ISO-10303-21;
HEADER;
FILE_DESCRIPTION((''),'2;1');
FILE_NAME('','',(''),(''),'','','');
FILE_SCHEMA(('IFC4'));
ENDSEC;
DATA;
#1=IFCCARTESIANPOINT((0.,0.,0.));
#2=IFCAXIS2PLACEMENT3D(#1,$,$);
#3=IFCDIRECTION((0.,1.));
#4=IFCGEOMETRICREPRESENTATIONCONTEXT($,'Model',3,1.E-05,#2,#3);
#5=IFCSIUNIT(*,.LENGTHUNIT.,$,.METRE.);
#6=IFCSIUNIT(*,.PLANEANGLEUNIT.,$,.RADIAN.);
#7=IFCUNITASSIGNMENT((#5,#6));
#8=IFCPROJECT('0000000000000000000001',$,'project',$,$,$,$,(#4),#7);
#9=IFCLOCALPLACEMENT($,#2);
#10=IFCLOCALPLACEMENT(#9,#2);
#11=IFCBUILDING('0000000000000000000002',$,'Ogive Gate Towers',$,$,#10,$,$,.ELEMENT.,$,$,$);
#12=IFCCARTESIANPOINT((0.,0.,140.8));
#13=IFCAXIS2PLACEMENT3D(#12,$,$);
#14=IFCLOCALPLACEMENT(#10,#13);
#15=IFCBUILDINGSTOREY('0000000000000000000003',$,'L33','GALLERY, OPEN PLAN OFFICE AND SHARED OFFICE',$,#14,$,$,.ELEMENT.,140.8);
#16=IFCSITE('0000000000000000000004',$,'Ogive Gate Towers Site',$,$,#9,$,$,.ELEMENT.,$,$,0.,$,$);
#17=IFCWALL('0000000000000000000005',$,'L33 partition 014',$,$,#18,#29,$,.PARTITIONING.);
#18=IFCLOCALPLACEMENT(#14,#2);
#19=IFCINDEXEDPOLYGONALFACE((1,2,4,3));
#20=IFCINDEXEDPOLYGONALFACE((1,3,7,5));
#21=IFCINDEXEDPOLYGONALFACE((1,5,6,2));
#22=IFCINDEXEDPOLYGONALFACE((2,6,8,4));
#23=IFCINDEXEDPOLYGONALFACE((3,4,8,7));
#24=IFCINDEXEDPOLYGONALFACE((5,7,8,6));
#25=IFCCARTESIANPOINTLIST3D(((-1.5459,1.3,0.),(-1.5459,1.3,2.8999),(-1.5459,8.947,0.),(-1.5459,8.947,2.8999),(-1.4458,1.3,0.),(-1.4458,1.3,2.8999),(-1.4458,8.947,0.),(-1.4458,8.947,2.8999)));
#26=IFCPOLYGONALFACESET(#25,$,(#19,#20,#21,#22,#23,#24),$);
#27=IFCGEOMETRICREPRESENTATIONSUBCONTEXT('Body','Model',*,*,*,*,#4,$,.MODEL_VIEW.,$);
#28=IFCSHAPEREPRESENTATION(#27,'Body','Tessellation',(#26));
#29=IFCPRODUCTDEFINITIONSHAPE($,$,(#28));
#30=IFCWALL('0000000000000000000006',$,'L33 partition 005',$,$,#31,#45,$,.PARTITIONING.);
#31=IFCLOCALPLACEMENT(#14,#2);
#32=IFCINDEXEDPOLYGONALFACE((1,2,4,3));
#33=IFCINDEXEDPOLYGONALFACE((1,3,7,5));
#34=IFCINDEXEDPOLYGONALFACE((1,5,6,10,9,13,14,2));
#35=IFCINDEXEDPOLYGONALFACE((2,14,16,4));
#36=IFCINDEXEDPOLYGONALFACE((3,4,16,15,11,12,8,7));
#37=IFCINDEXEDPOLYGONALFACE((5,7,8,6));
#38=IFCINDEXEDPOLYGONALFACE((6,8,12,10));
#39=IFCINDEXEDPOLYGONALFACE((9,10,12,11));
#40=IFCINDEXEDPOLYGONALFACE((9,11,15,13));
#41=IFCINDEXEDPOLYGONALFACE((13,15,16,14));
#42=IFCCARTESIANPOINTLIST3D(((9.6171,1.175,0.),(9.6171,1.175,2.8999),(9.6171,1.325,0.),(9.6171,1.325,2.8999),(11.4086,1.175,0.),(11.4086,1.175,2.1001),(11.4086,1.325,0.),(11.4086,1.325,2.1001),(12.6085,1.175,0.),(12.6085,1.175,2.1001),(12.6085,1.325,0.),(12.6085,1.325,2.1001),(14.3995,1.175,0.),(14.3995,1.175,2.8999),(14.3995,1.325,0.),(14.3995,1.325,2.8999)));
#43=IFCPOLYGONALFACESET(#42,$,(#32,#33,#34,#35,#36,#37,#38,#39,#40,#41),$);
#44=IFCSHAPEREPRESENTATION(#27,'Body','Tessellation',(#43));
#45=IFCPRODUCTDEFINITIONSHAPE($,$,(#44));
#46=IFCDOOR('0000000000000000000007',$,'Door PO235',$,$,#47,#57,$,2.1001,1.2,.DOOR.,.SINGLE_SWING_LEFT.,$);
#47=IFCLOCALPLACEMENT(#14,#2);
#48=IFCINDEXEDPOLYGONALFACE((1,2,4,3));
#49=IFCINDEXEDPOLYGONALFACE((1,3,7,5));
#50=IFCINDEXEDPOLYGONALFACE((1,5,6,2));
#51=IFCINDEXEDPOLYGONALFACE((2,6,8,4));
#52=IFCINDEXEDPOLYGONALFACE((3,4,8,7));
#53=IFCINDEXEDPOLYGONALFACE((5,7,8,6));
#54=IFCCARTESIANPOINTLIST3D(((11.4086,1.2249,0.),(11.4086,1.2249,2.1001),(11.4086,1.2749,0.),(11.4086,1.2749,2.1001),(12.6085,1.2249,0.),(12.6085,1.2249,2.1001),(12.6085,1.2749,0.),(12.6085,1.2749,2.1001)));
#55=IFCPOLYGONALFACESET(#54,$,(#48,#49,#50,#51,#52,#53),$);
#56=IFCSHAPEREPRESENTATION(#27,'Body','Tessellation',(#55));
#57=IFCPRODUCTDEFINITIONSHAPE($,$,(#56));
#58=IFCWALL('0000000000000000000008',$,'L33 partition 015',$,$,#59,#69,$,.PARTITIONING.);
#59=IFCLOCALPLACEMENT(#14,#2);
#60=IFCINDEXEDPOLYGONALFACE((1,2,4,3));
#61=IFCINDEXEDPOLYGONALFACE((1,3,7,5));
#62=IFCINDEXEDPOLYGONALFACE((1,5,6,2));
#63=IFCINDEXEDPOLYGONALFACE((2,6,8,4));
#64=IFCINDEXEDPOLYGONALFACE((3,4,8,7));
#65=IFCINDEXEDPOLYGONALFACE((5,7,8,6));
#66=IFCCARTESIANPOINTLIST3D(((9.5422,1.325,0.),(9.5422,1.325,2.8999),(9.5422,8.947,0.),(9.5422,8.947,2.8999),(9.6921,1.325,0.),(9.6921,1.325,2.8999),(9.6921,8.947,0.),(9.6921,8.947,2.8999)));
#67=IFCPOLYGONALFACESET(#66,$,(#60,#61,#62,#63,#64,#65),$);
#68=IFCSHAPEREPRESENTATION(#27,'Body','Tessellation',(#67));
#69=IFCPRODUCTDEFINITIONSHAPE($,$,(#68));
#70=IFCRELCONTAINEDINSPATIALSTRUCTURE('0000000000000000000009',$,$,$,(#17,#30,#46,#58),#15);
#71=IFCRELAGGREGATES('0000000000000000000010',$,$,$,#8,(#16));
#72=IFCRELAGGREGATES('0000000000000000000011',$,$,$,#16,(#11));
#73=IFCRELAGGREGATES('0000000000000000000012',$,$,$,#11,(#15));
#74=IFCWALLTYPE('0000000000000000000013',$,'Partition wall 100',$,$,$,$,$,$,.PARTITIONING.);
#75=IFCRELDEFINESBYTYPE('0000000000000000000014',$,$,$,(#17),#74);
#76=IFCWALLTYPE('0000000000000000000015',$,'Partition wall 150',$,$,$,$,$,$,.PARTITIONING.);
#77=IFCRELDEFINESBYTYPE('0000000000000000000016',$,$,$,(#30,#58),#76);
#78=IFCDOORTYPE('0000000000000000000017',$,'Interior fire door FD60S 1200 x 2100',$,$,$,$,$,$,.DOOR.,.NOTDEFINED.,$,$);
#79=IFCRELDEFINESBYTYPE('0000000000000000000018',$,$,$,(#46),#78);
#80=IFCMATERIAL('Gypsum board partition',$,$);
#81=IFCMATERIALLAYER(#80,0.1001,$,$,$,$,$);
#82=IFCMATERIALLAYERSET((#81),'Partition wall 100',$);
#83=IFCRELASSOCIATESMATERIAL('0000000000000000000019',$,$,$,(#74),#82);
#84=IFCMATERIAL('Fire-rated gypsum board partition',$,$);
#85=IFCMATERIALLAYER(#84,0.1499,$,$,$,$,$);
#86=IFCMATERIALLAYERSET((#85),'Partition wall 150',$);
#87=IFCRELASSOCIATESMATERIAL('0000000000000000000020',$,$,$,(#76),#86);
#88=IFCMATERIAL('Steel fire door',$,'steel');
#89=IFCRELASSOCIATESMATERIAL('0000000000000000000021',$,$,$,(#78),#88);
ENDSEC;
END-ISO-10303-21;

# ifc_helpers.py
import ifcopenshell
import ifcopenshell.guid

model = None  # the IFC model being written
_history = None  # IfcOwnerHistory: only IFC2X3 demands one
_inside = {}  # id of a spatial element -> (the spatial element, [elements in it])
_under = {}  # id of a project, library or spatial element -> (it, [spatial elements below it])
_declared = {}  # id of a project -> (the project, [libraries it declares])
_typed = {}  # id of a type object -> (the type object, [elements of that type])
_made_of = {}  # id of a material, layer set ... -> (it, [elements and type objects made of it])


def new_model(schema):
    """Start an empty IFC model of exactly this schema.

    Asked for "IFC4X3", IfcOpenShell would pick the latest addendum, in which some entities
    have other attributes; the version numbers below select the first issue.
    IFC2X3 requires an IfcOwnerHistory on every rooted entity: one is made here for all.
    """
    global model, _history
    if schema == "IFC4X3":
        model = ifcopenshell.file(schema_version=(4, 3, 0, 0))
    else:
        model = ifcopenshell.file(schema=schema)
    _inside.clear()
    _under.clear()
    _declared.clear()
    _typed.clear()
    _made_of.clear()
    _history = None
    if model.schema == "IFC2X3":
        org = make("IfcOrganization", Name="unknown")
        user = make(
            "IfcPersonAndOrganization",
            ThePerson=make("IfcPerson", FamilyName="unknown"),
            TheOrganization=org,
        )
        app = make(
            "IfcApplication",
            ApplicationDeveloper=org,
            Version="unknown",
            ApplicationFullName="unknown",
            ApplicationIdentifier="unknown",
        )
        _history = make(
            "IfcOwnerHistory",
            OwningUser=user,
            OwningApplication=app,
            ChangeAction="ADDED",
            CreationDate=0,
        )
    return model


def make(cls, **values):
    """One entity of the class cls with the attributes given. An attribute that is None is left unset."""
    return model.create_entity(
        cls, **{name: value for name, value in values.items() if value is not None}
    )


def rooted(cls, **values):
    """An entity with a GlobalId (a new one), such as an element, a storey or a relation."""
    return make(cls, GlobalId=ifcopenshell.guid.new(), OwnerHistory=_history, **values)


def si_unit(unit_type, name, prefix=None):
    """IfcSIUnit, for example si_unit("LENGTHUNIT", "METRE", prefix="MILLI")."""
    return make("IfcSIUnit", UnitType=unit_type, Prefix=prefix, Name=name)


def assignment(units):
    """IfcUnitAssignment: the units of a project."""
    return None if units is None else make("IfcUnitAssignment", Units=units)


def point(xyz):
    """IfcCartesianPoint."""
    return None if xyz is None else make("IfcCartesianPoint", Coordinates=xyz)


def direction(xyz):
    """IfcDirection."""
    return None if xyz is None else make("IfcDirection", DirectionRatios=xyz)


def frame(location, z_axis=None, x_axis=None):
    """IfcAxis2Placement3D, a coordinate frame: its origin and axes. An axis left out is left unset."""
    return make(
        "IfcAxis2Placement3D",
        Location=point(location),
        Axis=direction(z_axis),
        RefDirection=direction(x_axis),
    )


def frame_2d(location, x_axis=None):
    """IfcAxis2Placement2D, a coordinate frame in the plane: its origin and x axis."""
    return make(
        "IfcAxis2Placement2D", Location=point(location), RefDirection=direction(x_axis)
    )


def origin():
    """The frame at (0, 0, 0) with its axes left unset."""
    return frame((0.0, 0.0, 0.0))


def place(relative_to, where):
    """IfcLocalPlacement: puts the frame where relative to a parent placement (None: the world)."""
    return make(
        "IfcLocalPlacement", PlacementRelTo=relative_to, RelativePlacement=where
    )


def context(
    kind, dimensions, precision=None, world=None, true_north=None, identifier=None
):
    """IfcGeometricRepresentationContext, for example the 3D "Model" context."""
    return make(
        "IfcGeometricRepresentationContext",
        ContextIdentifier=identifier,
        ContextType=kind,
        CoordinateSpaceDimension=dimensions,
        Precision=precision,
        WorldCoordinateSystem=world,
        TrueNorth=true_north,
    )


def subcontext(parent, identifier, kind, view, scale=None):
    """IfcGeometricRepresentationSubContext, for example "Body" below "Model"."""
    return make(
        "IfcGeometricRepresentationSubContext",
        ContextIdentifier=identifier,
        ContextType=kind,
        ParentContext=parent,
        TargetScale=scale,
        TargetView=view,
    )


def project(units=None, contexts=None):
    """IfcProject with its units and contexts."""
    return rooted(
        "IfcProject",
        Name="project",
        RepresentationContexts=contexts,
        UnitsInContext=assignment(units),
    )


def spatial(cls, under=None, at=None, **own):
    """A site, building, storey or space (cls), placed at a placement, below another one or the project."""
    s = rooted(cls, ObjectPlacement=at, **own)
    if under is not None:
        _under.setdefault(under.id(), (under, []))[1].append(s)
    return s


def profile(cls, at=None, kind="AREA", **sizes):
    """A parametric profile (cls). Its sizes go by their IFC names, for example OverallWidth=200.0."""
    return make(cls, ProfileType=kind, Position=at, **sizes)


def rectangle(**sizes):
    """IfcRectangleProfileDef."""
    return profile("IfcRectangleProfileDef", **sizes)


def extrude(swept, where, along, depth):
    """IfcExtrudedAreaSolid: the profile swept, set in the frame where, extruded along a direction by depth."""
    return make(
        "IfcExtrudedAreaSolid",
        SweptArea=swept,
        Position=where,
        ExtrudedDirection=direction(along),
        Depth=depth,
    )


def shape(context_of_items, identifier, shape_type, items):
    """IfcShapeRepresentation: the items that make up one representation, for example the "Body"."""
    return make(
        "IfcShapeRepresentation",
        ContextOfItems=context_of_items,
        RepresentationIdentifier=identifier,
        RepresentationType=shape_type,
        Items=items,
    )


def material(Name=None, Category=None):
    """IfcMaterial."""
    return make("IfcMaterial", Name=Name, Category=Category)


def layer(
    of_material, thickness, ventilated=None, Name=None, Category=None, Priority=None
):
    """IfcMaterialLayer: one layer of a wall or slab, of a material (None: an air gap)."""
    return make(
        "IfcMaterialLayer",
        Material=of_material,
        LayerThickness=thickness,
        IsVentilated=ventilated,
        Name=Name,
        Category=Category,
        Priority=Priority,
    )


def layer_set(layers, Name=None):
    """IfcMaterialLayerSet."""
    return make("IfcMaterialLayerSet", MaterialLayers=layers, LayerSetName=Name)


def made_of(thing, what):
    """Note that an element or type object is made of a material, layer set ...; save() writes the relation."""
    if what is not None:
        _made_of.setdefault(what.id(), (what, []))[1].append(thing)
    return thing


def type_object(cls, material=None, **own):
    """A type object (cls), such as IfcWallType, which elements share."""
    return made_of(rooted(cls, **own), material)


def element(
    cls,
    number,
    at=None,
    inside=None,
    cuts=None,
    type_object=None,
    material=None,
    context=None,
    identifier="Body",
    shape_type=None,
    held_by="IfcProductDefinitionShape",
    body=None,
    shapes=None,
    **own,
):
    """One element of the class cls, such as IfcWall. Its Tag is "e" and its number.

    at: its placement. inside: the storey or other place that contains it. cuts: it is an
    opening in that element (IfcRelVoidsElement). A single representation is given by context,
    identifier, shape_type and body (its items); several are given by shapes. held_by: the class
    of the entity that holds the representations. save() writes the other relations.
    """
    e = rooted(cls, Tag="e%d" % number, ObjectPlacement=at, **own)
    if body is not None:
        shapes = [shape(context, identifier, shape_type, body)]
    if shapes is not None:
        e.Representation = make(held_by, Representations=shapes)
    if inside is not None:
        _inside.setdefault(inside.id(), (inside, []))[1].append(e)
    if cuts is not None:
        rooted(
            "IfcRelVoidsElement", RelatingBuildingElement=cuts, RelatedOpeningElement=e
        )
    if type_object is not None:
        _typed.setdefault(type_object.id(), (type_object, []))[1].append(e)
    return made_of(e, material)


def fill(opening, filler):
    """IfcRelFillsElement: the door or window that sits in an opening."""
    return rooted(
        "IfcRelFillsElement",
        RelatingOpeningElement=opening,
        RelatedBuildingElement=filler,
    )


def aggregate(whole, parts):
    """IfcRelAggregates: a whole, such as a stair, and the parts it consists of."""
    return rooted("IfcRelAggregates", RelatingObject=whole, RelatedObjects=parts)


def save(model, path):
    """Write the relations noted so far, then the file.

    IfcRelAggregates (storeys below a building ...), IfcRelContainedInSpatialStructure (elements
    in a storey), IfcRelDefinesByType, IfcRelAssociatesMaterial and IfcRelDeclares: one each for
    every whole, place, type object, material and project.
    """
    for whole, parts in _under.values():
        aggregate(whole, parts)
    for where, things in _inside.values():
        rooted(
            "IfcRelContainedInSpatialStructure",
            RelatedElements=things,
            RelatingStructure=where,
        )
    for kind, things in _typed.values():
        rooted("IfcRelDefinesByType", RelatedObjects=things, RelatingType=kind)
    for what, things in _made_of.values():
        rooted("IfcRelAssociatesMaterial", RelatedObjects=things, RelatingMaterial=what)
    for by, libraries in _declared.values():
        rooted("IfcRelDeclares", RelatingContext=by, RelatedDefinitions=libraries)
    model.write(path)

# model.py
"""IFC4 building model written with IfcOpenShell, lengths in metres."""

from ifc_helpers import new_model, si_unit, direction, frame, frame_2d, origin, place, context, subcontext, project, spatial, rectangle, extrude, material, layer, layer_set, type_object, element, fill, save


model = new_model("IFC4")

# Units and contexts
model_context = context("Model", 3, precision=1e-05, world=origin(), true_north=direction((0.0, 1.0)))
body_context = subcontext(model_context, "Body", "Model", "MODEL_VIEW")
ifc_project = project(units=[si_unit("LENGTHUNIT", "METRE"), si_unit("PLANEANGLEUNIT", "RADIAN")], contexts=[model_context])

# Site, building, storey
site_placement = place(None, origin())
site = spatial("IfcSite", under=ifc_project, at=site_placement, Name="Ogive Gate Towers Site", CompositionType="ELEMENT", RefElevation=0.0)
building_placement = place(site_placement, origin())
building = spatial("IfcBuilding", under=site, at=building_placement, Name="Ogive Gate Towers", CompositionType="ELEMENT")
storey_placement = place(building_placement, frame((0.0, 0.0, 140.8)))
storey = spatial("IfcBuildingStorey", under=building, at=storey_placement, Name="L33", Description="GALLERY, OPEN PLAN OFFICE AND SHARED OFFICE", CompositionType="ELEMENT", Elevation=140.8)

# Wall
ifc_material_1 = material(Name="Gypsum board partition")
ifc_layer_1 = layer(ifc_material_1, 0.1001)
ifc_layer_set_1 = layer_set([ifc_layer_1], Name="Partition wall 100")
wall_type_1 = type_object("IfcWallType", Name="Partition wall 100", PredefinedType="PARTITIONING", material=ifc_layer_set_1)
wall_1_placement = place(storey_placement, frame((-1.4958, 1.3, 0.0), z_axis=(0.0, 0.0, 1.0), x_axis=(0.0, 1.0, 0.0)))
element("IfcWall", 1, at=wall_1_placement, inside=storey, type_object=wall_type_1, Name="L33 partition 014", PredefinedType="PARTITIONING", context=body_context, shape_type="SweptSolid", body=[
    extrude(rectangle(XDim=7.647, YDim=0.1001, at=frame_2d((3.8235, 0.0))), origin(), (0.0, 0.0, 1.0), 2.8999),
])

# Wall, opening, door
ifc_material_2 = material(Name="Fire-rated gypsum board partition")
ifc_layer_2 = layer(ifc_material_2, 0.1499)
ifc_layer_set_2 = layer_set([ifc_layer_2], Name="Partition wall 150")
wall_type_2 = type_object("IfcWallType", Name="Partition wall 150", PredefinedType="PARTITIONING", material=ifc_layer_set_2)
wall_2_placement = place(storey_placement, frame((9.6172, 1.25, 0.0), z_axis=(0.0, 0.0, 1.0), x_axis=(1.0, 0.0, 0.0)))
wall_2 = element("IfcWall", 2, at=wall_2_placement, inside=storey, type_object=wall_type_2, Name="L33 partition 005", PredefinedType="PARTITIONING", context=body_context, shape_type="SweptSolid", body=[
    extrude(rectangle(XDim=4.7825, YDim=0.1499, at=frame_2d((2.3911, 0.0))), origin(), (0.0, 0.0, 1.0), 2.8999),
])
opening_placement = place(wall_2_placement, frame((1.7913, 0.0, 0.0)))
opening = element("IfcOpeningElement", 3, at=opening_placement, cuts=wall_2, PredefinedType="OPENING", context=body_context, shape_type="SweptSolid", body=[
    extrude(rectangle(XDim=1.2, YDim=2.1001, at=frame_2d((0.6001, 1.05))), frame((0.0, 0.085, 0.0), z_axis=(0.0, -1.0, 0.0), x_axis=(1.0, 0.0, 0.0)), (0.0, 0.0, 1.0), 0.1699),
])
ifc_material_3 = material(Name="Steel fire door", Category="steel")
door_type = type_object("IfcDoorType", Name="Interior fire door FD60S 1200 x 2100", OperationType="NOTDEFINED", PredefinedType="DOOR", material=ifc_material_3)
door_placement = place(opening_placement, origin())
door = element("IfcDoor", 4, at=door_placement, inside=storey, type_object=door_type, Name="Door PO235", OperationType="SINGLE_SWING_LEFT", OverallHeight=2.1001, OverallWidth=1.2, PredefinedType="DOOR", context=body_context, shape_type="SweptSolid", body=[
    extrude(rectangle(XDim=1.2, YDim=2.1001, at=frame_2d((0.6001, 1.05))), frame((0.0, 0.0249, 0.0), z_axis=(0.0, -1.0, 0.0), x_axis=(1.0, 0.0, 0.0)), (0.0, 0.0, 1.0), 0.05),
])
fill(opening, door)

# Wall
wall_3_placement = place(storey_placement, frame((9.6172, 1.325, 0.0), z_axis=(0.0, 0.0, 1.0), x_axis=(0.0, 1.0, 0.0)))
element("IfcWall", 5, at=wall_3_placement, inside=storey, type_object=wall_type_2, Name="L33 partition 015", PredefinedType="PARTITIONING", context=body_context, shape_type="SweptSolid", body=[
    extrude(rectangle(XDim=7.6221, YDim=0.1499, at=frame_2d((3.811, 0.0))), origin(), (0.0, 0.0, 1.0), 2.8999),
])

save(model, "model.ifc")
